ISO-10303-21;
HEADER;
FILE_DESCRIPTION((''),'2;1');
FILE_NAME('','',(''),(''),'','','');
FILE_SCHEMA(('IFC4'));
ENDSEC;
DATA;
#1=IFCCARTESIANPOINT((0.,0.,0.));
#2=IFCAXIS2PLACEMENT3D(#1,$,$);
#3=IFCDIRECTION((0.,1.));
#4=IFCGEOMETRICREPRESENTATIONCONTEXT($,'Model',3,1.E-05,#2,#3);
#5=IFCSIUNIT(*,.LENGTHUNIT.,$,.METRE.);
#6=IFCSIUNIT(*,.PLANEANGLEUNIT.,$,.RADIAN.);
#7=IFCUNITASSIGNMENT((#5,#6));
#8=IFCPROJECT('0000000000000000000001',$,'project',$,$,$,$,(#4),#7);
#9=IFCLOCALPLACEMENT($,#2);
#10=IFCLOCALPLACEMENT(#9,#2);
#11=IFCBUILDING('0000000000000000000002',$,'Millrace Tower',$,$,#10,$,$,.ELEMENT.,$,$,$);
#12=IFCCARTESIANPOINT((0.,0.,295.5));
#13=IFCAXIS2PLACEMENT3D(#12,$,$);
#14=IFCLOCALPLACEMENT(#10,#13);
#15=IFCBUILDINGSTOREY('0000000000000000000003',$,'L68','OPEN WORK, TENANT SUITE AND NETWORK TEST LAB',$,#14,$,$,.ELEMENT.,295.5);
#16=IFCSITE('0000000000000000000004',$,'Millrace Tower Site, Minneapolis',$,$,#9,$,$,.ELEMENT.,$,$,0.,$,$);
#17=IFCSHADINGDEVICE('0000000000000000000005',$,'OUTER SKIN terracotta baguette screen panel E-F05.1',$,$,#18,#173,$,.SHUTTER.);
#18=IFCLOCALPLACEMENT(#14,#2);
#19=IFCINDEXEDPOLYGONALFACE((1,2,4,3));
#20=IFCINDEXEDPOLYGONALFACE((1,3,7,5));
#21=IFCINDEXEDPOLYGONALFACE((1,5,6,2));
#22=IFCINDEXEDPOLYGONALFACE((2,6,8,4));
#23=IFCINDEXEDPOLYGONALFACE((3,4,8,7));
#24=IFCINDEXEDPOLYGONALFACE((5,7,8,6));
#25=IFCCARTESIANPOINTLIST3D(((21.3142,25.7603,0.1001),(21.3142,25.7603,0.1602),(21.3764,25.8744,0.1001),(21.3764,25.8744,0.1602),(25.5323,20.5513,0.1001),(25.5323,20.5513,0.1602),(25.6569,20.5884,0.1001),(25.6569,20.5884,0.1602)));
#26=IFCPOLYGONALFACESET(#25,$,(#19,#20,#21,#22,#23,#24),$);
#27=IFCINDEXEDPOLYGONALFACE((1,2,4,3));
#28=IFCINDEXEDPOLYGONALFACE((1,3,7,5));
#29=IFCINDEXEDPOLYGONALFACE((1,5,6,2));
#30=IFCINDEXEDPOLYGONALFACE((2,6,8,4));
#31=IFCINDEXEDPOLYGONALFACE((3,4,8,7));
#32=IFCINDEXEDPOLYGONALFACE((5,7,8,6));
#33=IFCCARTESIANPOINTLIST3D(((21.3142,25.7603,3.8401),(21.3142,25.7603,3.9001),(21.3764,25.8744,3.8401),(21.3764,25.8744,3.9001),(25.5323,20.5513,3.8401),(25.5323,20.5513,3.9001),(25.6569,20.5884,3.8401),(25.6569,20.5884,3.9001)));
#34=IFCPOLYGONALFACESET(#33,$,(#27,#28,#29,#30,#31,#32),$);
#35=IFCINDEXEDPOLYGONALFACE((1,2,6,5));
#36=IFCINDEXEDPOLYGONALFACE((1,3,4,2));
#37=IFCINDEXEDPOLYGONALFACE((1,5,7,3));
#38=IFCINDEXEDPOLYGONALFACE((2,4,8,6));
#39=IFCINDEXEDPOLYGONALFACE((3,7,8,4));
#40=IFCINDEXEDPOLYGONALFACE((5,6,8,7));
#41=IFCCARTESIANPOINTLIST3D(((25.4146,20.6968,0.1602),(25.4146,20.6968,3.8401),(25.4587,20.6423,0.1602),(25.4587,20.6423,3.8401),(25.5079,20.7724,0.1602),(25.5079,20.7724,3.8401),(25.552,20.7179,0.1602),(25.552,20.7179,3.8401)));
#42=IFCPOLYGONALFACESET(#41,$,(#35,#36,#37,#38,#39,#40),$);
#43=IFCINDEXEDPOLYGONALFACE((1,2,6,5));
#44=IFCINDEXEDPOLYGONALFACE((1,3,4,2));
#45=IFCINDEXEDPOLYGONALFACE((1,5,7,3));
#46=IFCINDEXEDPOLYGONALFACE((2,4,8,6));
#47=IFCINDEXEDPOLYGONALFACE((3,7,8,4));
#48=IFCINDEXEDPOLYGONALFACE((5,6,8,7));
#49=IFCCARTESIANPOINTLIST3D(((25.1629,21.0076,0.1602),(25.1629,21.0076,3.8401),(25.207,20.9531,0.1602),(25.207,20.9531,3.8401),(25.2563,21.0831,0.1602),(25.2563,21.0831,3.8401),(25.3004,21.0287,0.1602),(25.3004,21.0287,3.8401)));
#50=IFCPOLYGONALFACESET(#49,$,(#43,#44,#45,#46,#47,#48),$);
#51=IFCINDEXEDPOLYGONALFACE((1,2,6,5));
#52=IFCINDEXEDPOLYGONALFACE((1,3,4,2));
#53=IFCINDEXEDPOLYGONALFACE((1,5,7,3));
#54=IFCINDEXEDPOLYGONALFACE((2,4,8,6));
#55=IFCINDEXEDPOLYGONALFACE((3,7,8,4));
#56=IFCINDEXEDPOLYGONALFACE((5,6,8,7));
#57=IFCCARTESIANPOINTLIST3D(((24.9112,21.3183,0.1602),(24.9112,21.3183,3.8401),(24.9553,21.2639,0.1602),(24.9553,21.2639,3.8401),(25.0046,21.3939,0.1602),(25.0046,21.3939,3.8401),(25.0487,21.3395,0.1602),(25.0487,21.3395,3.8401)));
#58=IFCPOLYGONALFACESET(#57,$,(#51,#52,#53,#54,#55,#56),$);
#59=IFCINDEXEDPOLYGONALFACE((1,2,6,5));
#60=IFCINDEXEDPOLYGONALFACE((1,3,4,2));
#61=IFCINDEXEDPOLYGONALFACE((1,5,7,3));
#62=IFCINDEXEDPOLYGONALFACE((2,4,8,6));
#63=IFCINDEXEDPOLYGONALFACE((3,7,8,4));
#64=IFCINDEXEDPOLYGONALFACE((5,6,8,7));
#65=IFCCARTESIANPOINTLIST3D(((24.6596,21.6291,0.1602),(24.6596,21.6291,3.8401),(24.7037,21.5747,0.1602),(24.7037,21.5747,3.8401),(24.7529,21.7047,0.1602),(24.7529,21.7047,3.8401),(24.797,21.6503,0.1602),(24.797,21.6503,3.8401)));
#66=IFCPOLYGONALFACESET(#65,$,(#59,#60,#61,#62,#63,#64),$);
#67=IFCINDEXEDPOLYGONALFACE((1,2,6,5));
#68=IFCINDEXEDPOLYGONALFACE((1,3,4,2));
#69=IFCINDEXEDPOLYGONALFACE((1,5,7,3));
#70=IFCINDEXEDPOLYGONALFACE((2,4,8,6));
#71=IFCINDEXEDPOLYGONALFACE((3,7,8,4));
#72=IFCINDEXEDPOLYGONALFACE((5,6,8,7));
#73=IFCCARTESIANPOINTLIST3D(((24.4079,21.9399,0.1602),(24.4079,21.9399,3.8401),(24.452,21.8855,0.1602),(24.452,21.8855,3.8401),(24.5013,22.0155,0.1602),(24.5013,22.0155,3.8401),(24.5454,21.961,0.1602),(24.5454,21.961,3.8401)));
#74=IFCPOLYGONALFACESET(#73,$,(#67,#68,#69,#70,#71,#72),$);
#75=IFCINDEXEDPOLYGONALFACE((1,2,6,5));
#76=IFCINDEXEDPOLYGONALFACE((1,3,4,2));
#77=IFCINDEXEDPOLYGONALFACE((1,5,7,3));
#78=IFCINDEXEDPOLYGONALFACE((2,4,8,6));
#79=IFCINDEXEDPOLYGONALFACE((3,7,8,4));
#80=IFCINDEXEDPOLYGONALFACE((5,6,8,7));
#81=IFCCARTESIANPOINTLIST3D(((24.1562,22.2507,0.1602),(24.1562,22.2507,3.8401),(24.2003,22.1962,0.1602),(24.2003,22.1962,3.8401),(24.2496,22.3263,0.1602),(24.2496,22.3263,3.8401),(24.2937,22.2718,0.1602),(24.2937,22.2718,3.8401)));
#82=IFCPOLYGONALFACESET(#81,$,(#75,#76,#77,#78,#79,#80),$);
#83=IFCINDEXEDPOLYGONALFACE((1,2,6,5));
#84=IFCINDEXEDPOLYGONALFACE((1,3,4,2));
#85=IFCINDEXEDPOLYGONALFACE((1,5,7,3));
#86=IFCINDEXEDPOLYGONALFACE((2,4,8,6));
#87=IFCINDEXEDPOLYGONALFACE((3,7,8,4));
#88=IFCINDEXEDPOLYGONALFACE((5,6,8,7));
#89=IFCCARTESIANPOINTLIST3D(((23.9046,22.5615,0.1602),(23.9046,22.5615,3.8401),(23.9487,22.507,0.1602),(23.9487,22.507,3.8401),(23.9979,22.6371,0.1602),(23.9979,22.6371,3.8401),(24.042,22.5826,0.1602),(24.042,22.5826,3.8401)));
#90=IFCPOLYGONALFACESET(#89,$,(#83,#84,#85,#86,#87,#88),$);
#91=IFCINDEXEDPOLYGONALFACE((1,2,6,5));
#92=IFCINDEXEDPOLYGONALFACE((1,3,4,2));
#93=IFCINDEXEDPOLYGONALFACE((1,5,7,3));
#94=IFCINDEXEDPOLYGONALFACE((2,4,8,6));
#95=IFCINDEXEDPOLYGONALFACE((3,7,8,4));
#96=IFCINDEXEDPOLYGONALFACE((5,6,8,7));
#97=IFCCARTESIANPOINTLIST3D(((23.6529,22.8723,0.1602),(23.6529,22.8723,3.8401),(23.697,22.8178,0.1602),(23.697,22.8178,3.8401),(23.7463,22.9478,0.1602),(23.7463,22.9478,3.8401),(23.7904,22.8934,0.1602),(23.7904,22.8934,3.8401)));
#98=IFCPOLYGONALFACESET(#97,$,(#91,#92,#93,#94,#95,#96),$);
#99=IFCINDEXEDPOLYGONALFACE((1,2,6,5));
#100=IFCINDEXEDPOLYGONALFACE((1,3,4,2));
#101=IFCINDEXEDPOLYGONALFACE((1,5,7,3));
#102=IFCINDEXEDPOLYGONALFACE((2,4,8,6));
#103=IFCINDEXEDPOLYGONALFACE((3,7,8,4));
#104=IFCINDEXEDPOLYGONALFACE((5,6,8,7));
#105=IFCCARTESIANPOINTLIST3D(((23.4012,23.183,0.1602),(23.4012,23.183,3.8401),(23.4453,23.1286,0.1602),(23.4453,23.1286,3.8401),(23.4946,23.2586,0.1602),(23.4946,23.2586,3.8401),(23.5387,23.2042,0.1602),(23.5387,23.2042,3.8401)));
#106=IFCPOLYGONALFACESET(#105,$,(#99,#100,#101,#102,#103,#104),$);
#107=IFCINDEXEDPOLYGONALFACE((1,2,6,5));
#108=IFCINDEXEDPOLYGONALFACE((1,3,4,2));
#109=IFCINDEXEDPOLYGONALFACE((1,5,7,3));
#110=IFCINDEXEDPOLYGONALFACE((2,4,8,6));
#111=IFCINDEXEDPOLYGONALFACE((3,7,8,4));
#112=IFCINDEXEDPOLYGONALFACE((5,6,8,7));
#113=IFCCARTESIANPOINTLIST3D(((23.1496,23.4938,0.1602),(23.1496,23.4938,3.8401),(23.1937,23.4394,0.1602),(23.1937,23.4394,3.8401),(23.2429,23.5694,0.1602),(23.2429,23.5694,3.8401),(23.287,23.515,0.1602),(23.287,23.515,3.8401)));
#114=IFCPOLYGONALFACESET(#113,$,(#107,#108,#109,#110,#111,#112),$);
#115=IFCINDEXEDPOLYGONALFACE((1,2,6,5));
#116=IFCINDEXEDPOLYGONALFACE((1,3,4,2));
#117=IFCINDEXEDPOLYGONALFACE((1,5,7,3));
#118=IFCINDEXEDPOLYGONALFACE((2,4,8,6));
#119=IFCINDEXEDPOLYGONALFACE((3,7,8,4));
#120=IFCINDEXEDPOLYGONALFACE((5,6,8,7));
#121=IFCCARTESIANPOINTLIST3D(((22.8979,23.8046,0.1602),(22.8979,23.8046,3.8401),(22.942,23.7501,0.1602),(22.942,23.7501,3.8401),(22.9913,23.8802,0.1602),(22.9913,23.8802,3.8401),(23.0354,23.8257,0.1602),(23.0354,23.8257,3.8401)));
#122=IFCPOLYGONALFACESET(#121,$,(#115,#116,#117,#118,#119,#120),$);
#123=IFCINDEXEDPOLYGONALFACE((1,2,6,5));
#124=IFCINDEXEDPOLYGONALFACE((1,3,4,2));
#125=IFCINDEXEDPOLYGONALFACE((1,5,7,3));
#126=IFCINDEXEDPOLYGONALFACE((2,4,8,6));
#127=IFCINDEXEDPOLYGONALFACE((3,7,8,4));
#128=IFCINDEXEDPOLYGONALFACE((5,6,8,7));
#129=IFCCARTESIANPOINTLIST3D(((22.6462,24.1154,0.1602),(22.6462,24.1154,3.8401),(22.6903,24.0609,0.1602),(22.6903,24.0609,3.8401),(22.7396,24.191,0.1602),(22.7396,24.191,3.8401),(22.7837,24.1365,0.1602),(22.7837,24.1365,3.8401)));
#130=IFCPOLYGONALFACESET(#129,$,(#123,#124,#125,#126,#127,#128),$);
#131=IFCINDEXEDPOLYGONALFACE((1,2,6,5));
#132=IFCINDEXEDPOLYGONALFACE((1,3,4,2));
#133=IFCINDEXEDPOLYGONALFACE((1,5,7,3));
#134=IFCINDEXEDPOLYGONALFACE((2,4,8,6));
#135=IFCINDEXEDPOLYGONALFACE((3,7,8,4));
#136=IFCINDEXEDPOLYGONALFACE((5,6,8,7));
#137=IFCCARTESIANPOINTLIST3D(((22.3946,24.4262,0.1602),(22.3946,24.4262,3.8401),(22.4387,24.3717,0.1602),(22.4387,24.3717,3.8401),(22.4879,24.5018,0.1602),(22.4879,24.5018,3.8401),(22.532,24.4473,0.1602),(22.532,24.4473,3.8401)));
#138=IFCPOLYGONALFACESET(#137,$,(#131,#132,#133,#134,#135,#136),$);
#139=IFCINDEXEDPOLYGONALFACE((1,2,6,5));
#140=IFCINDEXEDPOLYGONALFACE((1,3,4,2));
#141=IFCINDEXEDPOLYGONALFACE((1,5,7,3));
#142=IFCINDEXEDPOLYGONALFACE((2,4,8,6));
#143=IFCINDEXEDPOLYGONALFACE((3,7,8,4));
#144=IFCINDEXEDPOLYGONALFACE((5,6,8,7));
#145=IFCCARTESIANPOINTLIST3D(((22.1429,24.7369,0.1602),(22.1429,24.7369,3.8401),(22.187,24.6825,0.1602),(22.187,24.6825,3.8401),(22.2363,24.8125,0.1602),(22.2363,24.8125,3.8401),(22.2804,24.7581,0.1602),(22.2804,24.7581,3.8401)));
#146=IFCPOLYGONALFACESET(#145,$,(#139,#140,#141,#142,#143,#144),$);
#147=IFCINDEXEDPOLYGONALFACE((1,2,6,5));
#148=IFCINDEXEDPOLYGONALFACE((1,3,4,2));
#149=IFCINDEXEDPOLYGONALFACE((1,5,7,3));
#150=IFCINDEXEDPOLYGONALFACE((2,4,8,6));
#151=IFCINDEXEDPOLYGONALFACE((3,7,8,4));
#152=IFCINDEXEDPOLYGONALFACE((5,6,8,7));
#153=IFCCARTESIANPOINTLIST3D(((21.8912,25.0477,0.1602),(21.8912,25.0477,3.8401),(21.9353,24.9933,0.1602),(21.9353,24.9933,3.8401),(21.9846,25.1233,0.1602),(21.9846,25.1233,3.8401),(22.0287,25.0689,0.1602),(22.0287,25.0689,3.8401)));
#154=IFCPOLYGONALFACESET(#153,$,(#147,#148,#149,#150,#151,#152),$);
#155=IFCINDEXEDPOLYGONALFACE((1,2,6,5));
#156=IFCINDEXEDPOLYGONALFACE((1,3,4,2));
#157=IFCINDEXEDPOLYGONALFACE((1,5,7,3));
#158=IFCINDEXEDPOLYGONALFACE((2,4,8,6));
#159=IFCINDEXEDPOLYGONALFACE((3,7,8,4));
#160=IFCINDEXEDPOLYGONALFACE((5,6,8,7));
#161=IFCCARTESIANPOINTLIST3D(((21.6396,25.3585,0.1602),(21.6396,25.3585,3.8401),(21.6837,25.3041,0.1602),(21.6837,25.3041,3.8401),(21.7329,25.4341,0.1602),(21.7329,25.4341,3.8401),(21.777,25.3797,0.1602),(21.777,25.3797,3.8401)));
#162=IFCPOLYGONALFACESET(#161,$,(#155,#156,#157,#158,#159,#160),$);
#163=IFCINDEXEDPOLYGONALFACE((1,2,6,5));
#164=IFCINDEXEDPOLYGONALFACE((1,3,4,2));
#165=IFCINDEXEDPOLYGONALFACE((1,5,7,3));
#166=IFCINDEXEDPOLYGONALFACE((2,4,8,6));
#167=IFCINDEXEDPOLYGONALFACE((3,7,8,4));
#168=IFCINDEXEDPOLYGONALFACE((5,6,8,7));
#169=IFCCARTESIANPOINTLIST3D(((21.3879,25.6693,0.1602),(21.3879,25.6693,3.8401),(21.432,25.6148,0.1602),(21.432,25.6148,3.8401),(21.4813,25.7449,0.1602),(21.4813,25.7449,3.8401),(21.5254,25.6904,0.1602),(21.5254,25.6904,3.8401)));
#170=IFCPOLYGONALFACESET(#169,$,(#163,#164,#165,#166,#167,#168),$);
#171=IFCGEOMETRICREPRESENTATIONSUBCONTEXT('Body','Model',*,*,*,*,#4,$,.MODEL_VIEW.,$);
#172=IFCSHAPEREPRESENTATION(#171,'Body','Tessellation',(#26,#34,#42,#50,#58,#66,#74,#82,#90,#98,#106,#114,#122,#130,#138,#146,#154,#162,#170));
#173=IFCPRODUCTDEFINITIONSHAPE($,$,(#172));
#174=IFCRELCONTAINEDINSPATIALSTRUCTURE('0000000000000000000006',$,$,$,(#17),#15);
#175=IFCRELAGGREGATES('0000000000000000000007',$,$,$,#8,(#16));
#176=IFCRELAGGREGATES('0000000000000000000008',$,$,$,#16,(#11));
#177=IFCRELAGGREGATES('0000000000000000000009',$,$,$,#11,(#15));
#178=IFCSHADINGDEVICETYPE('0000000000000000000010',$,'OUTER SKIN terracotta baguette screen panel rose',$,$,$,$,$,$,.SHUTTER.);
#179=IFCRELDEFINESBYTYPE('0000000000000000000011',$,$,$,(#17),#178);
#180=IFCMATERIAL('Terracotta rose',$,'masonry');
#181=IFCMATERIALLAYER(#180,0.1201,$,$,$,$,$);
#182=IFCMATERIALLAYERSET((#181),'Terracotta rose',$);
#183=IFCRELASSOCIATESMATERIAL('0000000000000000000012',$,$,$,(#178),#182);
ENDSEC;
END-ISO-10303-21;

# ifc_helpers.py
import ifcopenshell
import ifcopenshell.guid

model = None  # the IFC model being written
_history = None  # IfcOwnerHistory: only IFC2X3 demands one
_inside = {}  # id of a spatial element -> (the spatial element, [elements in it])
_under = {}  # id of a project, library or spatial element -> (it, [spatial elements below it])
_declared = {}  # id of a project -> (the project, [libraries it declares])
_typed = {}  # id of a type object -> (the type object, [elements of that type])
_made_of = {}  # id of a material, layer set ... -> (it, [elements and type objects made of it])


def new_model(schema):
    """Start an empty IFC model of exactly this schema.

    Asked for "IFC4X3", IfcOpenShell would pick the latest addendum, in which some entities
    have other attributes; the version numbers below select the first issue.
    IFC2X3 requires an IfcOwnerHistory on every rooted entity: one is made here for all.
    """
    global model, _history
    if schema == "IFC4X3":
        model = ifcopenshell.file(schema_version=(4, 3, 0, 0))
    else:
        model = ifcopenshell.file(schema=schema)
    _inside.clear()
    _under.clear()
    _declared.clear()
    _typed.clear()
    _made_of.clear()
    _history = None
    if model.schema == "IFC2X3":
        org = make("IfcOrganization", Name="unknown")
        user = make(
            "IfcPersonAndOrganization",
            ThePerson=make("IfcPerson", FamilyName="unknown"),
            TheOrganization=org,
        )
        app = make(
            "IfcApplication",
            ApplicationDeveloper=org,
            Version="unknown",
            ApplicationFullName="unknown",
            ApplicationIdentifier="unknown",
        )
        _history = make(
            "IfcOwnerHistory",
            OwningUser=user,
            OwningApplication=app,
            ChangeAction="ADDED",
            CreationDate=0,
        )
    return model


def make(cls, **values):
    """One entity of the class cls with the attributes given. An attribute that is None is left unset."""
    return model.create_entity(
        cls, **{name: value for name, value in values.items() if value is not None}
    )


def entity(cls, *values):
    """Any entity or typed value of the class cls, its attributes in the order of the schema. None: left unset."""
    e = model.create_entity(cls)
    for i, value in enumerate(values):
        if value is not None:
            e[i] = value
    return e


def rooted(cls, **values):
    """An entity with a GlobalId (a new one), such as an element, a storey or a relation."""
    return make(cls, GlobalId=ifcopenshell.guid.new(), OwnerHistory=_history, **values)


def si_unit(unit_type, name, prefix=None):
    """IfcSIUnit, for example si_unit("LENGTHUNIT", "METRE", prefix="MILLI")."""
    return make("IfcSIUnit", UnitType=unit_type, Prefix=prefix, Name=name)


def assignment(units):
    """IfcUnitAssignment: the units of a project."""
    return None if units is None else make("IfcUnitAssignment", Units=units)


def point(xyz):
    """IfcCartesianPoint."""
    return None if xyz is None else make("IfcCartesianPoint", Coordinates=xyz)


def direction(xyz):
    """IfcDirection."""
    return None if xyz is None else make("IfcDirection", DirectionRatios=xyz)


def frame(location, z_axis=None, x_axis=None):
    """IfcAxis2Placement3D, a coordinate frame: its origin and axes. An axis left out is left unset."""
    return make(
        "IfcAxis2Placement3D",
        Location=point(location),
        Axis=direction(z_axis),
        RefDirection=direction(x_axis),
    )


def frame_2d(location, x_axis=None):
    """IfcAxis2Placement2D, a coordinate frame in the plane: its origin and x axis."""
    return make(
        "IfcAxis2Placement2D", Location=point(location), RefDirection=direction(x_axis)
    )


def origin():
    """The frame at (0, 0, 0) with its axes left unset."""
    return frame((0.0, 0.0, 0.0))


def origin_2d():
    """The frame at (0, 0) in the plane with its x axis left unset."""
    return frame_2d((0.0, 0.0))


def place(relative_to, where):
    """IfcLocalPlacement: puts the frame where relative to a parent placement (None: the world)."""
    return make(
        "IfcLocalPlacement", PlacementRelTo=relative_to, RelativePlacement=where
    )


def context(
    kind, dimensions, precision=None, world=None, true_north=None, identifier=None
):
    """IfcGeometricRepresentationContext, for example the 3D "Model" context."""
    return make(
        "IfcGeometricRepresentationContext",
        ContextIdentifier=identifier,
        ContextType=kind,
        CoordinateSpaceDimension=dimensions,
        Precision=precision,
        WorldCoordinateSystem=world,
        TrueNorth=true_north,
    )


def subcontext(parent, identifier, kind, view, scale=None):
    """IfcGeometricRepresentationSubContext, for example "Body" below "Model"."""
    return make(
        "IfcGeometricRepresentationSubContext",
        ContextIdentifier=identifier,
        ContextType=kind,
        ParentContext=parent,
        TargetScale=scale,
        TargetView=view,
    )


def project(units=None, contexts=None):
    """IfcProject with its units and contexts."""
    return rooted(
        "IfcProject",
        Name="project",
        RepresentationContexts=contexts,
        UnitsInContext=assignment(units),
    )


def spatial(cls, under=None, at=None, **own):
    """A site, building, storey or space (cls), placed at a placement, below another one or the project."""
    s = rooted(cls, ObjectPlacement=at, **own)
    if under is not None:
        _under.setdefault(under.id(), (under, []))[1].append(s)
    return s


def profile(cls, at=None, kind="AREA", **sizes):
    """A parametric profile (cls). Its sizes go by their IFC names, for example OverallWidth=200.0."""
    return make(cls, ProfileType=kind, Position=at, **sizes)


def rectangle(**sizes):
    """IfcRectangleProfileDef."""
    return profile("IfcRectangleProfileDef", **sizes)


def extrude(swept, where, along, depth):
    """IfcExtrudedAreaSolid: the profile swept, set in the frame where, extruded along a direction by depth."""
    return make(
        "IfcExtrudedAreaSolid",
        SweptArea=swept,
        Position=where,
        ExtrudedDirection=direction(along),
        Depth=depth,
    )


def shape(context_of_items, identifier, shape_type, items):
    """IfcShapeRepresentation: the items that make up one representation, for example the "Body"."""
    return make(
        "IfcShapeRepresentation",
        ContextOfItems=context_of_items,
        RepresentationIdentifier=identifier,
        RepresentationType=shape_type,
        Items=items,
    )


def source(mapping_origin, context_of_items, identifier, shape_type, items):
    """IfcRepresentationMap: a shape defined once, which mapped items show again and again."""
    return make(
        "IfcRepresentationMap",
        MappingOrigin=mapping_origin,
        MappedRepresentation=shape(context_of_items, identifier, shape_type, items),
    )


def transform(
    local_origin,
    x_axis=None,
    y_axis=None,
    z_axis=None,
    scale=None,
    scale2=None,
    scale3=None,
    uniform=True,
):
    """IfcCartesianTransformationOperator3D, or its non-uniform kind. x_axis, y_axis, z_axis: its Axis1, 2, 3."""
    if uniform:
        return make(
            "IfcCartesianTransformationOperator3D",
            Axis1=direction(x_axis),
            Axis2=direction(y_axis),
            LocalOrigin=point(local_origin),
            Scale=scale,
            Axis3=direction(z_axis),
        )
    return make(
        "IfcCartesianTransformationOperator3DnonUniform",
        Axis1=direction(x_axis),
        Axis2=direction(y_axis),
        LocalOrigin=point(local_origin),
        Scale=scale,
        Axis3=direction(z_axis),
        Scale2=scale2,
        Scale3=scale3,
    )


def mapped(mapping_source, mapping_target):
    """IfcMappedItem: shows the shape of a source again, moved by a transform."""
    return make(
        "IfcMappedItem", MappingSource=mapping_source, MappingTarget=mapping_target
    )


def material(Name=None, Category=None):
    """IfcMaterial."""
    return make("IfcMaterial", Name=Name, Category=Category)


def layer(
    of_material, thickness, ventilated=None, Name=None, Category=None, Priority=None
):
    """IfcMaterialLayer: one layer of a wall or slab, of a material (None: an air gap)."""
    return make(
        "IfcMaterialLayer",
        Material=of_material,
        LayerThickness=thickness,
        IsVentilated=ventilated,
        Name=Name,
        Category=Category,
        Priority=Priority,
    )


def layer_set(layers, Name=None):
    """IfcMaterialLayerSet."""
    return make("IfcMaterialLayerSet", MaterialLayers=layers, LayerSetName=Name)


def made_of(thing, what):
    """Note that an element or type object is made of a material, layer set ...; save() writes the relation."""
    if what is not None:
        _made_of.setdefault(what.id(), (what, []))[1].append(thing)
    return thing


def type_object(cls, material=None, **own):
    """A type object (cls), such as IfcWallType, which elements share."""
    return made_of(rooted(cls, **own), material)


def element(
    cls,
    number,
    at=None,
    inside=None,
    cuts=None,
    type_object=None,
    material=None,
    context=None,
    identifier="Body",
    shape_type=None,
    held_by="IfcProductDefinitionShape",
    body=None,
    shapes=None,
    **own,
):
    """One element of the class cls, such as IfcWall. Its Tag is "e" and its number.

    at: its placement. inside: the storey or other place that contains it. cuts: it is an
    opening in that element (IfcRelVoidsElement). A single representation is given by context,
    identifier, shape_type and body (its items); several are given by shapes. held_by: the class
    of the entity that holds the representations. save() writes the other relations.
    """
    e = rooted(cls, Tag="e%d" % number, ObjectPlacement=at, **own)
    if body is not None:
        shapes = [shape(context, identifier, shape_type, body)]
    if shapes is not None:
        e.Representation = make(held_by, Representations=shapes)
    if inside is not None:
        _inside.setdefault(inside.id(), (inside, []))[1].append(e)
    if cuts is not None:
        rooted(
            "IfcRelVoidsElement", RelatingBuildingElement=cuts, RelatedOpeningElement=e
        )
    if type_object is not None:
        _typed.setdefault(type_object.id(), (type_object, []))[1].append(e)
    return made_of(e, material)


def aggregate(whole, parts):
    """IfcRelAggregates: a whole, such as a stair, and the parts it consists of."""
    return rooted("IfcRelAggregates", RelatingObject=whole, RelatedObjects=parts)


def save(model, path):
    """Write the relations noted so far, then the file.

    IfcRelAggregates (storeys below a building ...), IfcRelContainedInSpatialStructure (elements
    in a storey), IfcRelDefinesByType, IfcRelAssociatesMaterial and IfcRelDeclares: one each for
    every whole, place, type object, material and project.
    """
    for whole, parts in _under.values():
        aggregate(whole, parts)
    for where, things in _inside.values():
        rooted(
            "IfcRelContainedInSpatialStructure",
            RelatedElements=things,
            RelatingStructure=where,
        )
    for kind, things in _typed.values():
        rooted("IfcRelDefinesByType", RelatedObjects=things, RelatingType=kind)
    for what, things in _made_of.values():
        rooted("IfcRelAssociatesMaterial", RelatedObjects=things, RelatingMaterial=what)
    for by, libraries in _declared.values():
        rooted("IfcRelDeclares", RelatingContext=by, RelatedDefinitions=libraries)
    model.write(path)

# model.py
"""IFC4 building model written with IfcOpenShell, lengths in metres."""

from ifc_helpers import new_model, entity, si_unit, direction, frame, frame_2d, origin, origin_2d, place, context, subcontext, project, spatial, rectangle, extrude, source, transform, mapped, material, layer, layer_set, type_object, element, save


model = new_model("IFC4")

# Units and contexts
model_context = context("Model", 3, precision=1e-05, world=origin(), true_north=direction((0.0, 1.0)))
body_context = subcontext(model_context, "Body", "Model", "MODEL_VIEW")
ifc_project = project(units=[si_unit("LENGTHUNIT", "METRE"), si_unit("PLANEANGLEUNIT", "RADIAN")], contexts=[model_context])

# Site, building, storey
site_placement = place(None, origin())
site = spatial("IfcSite", under=ifc_project, at=site_placement, Name="Millrace Tower Site, Minneapolis", CompositionType="ELEMENT", RefElevation=0.0)
building_placement = place(site_placement, origin())
building = spatial("IfcBuilding", under=site, at=building_placement, Name="Millrace Tower", CompositionType="ELEMENT")
storey_placement = place(building_placement, frame((0.0, 0.0, 295.5)))
storey = spatial("IfcBuildingStorey", under=building, at=storey_placement, Name="L68", Description="OPEN WORK, TENANT SUITE AND NETWORK TEST LAB", CompositionType="ELEMENT", Elevation=295.5)

# Shading device
ifc_material_1 = material(Name="Terracotta rose", Category="masonry")
ifc_layer_1 = layer(ifc_material_1, 0.1201)
ifc_layer_set_1 = layer_set([ifc_layer_1], Name="Terracotta rose")
shading_device_type = type_object("IfcShadingDeviceType", Name="OUTER SKIN terracotta baguette screen panel rose", PredefinedType="SHUTTER", material=ifc_layer_set_1)
cartesian_point_1 = entity("IfcCartesianPoint", [-3.3513, 0.0601])
shared_polyline_1 = entity("IfcPolyline", [cartesian_point_1, entity("IfcCartesianPoint", [3.3513, 0.0601]), entity("IfcCartesianPoint", [3.4009, -0.0601]), entity("IfcCartesianPoint", [-3.4009, -0.0601]), cartesian_point_1])
shared_shape_1 = source(origin(), body_context, "Body", "SweptSolid", [
    entity("IfcExtrudedAreaSolid", entity("IfcArbitraryClosedProfileDef", "AREA", None, shared_polyline_1), entity("IfcAxis2Placement3D", entity("IfcCartesianPoint", [0.0, 0.0, 0.0])), entity("IfcDirection", [0.0, 0.0, 1.0]), 0.0601),
    entity("IfcExtrudedAreaSolid", entity("IfcArbitraryClosedProfileDef", "AREA", None, shared_polyline_1), entity("IfcAxis2Placement3D", entity("IfcCartesianPoint", [0.0, 0.0, 3.74])), entity("IfcDirection", [0.0, 0.0, 1.0]), 0.0601),
    extrude(rectangle(XDim=0.0701, YDim=0.1201, at=frame_2d((-3.1992, 0.0))), frame((0.0, 0.0, 0.0601)), (0.0, 0.0, 1.0), 3.6799),
    extrude(rectangle(XDim=0.0701, YDim=0.1201, at=frame_2d((-2.7993, 0.0))), frame((0.0, 0.0, 0.0601)), (0.0, 0.0, 1.0), 3.6799),
    extrude(rectangle(XDim=0.0701, YDim=0.1201, at=frame_2d((-2.3994, 0.0))), frame((0.0, 0.0, 0.0601)), (0.0, 0.0, 1.0), 3.6799),
    extrude(rectangle(XDim=0.0701, YDim=0.1201, at=frame_2d((-1.9995, 0.0))), frame((0.0, 0.0, 0.0601)), (0.0, 0.0, 1.0), 3.6799),
    extrude(rectangle(XDim=0.0701, YDim=0.1201, at=frame_2d((-1.5996, 0.0))), frame((0.0, 0.0, 0.0601)), (0.0, 0.0, 1.0), 3.6799),
    extrude(rectangle(XDim=0.0701, YDim=0.1201, at=frame_2d((-1.1997, 0.0))), frame((0.0, 0.0, 0.0601)), (0.0, 0.0, 1.0), 3.6799),
    extrude(rectangle(XDim=0.0701, YDim=0.1201, at=frame_2d((-0.7998, 0.0))), frame((0.0, 0.0, 0.0601)), (0.0, 0.0, 1.0), 3.6799),
    extrude(rectangle(XDim=0.0701, YDim=0.1201, at=frame_2d((-0.3999, 0.0))), frame((0.0, 0.0, 0.0601)), (0.0, 0.0, 1.0), 3.6799),
    extrude(rectangle(XDim=0.0701, YDim=0.1201, at=origin_2d()), frame((0.0, 0.0, 0.0601)), (0.0, 0.0, 1.0), 3.6799),
    extrude(rectangle(XDim=0.0701, YDim=0.1201, at=frame_2d((0.3999, 0.0))), frame((0.0, 0.0, 0.0601)), (0.0, 0.0, 1.0), 3.6799),
    extrude(rectangle(XDim=0.0701, YDim=0.1201, at=frame_2d((0.7998, 0.0))), frame((0.0, 0.0, 0.0601)), (0.0, 0.0, 1.0), 3.6799),
    extrude(rectangle(XDim=0.0701, YDim=0.1201, at=frame_2d((1.1997, 0.0))), frame((0.0, 0.0, 0.0601)), (0.0, 0.0, 1.0), 3.6799),
    extrude(rectangle(XDim=0.0701, YDim=0.1201, at=frame_2d((1.5996, 0.0))), frame((0.0, 0.0, 0.0601)), (0.0, 0.0, 1.0), 3.6799),
    extrude(rectangle(XDim=0.0701, YDim=0.1201, at=frame_2d((1.9995, 0.0))), frame((0.0, 0.0, 0.0601)), (0.0, 0.0, 1.0), 3.6799),
    extrude(rectangle(XDim=0.0701, YDim=0.1201, at=frame_2d((2.3994, 0.0))), frame((0.0, 0.0, 0.0601)), (0.0, 0.0, 1.0), 3.6799),
    extrude(rectangle(XDim=0.0701, YDim=0.1201, at=frame_2d((2.7993, 0.0))), frame((0.0, 0.0, 0.0601)), (0.0, 0.0, 1.0), 3.6799),
    extrude(rectangle(XDim=0.0701, YDim=0.1201, at=frame_2d((3.1992, 0.0))), frame((0.0, 0.0, 0.0601)), (0.0, 0.0, 1.0), 3.6799),
])
shading_device_1_placement = place(storey_placement, frame((23.47, 23.1936, 0.1001), z_axis=(0.0, 0.0, 1.0), x_axis=(-0.62932, 0.777146, 0.0)))
element("IfcShadingDevice", 1, at=shading_device_1_placement, inside=storey, type_object=shading_device_type, Name="OUTER SKIN terracotta baguette screen panel E-F05.1", PredefinedType="SHUTTER", context=body_context, shape_type="MappedRepresentation", body=[
    mapped(shared_shape_1, transform((0.0, 0.0, 0.0), scale=1.0)),
])

save(model, "model.ifc")
